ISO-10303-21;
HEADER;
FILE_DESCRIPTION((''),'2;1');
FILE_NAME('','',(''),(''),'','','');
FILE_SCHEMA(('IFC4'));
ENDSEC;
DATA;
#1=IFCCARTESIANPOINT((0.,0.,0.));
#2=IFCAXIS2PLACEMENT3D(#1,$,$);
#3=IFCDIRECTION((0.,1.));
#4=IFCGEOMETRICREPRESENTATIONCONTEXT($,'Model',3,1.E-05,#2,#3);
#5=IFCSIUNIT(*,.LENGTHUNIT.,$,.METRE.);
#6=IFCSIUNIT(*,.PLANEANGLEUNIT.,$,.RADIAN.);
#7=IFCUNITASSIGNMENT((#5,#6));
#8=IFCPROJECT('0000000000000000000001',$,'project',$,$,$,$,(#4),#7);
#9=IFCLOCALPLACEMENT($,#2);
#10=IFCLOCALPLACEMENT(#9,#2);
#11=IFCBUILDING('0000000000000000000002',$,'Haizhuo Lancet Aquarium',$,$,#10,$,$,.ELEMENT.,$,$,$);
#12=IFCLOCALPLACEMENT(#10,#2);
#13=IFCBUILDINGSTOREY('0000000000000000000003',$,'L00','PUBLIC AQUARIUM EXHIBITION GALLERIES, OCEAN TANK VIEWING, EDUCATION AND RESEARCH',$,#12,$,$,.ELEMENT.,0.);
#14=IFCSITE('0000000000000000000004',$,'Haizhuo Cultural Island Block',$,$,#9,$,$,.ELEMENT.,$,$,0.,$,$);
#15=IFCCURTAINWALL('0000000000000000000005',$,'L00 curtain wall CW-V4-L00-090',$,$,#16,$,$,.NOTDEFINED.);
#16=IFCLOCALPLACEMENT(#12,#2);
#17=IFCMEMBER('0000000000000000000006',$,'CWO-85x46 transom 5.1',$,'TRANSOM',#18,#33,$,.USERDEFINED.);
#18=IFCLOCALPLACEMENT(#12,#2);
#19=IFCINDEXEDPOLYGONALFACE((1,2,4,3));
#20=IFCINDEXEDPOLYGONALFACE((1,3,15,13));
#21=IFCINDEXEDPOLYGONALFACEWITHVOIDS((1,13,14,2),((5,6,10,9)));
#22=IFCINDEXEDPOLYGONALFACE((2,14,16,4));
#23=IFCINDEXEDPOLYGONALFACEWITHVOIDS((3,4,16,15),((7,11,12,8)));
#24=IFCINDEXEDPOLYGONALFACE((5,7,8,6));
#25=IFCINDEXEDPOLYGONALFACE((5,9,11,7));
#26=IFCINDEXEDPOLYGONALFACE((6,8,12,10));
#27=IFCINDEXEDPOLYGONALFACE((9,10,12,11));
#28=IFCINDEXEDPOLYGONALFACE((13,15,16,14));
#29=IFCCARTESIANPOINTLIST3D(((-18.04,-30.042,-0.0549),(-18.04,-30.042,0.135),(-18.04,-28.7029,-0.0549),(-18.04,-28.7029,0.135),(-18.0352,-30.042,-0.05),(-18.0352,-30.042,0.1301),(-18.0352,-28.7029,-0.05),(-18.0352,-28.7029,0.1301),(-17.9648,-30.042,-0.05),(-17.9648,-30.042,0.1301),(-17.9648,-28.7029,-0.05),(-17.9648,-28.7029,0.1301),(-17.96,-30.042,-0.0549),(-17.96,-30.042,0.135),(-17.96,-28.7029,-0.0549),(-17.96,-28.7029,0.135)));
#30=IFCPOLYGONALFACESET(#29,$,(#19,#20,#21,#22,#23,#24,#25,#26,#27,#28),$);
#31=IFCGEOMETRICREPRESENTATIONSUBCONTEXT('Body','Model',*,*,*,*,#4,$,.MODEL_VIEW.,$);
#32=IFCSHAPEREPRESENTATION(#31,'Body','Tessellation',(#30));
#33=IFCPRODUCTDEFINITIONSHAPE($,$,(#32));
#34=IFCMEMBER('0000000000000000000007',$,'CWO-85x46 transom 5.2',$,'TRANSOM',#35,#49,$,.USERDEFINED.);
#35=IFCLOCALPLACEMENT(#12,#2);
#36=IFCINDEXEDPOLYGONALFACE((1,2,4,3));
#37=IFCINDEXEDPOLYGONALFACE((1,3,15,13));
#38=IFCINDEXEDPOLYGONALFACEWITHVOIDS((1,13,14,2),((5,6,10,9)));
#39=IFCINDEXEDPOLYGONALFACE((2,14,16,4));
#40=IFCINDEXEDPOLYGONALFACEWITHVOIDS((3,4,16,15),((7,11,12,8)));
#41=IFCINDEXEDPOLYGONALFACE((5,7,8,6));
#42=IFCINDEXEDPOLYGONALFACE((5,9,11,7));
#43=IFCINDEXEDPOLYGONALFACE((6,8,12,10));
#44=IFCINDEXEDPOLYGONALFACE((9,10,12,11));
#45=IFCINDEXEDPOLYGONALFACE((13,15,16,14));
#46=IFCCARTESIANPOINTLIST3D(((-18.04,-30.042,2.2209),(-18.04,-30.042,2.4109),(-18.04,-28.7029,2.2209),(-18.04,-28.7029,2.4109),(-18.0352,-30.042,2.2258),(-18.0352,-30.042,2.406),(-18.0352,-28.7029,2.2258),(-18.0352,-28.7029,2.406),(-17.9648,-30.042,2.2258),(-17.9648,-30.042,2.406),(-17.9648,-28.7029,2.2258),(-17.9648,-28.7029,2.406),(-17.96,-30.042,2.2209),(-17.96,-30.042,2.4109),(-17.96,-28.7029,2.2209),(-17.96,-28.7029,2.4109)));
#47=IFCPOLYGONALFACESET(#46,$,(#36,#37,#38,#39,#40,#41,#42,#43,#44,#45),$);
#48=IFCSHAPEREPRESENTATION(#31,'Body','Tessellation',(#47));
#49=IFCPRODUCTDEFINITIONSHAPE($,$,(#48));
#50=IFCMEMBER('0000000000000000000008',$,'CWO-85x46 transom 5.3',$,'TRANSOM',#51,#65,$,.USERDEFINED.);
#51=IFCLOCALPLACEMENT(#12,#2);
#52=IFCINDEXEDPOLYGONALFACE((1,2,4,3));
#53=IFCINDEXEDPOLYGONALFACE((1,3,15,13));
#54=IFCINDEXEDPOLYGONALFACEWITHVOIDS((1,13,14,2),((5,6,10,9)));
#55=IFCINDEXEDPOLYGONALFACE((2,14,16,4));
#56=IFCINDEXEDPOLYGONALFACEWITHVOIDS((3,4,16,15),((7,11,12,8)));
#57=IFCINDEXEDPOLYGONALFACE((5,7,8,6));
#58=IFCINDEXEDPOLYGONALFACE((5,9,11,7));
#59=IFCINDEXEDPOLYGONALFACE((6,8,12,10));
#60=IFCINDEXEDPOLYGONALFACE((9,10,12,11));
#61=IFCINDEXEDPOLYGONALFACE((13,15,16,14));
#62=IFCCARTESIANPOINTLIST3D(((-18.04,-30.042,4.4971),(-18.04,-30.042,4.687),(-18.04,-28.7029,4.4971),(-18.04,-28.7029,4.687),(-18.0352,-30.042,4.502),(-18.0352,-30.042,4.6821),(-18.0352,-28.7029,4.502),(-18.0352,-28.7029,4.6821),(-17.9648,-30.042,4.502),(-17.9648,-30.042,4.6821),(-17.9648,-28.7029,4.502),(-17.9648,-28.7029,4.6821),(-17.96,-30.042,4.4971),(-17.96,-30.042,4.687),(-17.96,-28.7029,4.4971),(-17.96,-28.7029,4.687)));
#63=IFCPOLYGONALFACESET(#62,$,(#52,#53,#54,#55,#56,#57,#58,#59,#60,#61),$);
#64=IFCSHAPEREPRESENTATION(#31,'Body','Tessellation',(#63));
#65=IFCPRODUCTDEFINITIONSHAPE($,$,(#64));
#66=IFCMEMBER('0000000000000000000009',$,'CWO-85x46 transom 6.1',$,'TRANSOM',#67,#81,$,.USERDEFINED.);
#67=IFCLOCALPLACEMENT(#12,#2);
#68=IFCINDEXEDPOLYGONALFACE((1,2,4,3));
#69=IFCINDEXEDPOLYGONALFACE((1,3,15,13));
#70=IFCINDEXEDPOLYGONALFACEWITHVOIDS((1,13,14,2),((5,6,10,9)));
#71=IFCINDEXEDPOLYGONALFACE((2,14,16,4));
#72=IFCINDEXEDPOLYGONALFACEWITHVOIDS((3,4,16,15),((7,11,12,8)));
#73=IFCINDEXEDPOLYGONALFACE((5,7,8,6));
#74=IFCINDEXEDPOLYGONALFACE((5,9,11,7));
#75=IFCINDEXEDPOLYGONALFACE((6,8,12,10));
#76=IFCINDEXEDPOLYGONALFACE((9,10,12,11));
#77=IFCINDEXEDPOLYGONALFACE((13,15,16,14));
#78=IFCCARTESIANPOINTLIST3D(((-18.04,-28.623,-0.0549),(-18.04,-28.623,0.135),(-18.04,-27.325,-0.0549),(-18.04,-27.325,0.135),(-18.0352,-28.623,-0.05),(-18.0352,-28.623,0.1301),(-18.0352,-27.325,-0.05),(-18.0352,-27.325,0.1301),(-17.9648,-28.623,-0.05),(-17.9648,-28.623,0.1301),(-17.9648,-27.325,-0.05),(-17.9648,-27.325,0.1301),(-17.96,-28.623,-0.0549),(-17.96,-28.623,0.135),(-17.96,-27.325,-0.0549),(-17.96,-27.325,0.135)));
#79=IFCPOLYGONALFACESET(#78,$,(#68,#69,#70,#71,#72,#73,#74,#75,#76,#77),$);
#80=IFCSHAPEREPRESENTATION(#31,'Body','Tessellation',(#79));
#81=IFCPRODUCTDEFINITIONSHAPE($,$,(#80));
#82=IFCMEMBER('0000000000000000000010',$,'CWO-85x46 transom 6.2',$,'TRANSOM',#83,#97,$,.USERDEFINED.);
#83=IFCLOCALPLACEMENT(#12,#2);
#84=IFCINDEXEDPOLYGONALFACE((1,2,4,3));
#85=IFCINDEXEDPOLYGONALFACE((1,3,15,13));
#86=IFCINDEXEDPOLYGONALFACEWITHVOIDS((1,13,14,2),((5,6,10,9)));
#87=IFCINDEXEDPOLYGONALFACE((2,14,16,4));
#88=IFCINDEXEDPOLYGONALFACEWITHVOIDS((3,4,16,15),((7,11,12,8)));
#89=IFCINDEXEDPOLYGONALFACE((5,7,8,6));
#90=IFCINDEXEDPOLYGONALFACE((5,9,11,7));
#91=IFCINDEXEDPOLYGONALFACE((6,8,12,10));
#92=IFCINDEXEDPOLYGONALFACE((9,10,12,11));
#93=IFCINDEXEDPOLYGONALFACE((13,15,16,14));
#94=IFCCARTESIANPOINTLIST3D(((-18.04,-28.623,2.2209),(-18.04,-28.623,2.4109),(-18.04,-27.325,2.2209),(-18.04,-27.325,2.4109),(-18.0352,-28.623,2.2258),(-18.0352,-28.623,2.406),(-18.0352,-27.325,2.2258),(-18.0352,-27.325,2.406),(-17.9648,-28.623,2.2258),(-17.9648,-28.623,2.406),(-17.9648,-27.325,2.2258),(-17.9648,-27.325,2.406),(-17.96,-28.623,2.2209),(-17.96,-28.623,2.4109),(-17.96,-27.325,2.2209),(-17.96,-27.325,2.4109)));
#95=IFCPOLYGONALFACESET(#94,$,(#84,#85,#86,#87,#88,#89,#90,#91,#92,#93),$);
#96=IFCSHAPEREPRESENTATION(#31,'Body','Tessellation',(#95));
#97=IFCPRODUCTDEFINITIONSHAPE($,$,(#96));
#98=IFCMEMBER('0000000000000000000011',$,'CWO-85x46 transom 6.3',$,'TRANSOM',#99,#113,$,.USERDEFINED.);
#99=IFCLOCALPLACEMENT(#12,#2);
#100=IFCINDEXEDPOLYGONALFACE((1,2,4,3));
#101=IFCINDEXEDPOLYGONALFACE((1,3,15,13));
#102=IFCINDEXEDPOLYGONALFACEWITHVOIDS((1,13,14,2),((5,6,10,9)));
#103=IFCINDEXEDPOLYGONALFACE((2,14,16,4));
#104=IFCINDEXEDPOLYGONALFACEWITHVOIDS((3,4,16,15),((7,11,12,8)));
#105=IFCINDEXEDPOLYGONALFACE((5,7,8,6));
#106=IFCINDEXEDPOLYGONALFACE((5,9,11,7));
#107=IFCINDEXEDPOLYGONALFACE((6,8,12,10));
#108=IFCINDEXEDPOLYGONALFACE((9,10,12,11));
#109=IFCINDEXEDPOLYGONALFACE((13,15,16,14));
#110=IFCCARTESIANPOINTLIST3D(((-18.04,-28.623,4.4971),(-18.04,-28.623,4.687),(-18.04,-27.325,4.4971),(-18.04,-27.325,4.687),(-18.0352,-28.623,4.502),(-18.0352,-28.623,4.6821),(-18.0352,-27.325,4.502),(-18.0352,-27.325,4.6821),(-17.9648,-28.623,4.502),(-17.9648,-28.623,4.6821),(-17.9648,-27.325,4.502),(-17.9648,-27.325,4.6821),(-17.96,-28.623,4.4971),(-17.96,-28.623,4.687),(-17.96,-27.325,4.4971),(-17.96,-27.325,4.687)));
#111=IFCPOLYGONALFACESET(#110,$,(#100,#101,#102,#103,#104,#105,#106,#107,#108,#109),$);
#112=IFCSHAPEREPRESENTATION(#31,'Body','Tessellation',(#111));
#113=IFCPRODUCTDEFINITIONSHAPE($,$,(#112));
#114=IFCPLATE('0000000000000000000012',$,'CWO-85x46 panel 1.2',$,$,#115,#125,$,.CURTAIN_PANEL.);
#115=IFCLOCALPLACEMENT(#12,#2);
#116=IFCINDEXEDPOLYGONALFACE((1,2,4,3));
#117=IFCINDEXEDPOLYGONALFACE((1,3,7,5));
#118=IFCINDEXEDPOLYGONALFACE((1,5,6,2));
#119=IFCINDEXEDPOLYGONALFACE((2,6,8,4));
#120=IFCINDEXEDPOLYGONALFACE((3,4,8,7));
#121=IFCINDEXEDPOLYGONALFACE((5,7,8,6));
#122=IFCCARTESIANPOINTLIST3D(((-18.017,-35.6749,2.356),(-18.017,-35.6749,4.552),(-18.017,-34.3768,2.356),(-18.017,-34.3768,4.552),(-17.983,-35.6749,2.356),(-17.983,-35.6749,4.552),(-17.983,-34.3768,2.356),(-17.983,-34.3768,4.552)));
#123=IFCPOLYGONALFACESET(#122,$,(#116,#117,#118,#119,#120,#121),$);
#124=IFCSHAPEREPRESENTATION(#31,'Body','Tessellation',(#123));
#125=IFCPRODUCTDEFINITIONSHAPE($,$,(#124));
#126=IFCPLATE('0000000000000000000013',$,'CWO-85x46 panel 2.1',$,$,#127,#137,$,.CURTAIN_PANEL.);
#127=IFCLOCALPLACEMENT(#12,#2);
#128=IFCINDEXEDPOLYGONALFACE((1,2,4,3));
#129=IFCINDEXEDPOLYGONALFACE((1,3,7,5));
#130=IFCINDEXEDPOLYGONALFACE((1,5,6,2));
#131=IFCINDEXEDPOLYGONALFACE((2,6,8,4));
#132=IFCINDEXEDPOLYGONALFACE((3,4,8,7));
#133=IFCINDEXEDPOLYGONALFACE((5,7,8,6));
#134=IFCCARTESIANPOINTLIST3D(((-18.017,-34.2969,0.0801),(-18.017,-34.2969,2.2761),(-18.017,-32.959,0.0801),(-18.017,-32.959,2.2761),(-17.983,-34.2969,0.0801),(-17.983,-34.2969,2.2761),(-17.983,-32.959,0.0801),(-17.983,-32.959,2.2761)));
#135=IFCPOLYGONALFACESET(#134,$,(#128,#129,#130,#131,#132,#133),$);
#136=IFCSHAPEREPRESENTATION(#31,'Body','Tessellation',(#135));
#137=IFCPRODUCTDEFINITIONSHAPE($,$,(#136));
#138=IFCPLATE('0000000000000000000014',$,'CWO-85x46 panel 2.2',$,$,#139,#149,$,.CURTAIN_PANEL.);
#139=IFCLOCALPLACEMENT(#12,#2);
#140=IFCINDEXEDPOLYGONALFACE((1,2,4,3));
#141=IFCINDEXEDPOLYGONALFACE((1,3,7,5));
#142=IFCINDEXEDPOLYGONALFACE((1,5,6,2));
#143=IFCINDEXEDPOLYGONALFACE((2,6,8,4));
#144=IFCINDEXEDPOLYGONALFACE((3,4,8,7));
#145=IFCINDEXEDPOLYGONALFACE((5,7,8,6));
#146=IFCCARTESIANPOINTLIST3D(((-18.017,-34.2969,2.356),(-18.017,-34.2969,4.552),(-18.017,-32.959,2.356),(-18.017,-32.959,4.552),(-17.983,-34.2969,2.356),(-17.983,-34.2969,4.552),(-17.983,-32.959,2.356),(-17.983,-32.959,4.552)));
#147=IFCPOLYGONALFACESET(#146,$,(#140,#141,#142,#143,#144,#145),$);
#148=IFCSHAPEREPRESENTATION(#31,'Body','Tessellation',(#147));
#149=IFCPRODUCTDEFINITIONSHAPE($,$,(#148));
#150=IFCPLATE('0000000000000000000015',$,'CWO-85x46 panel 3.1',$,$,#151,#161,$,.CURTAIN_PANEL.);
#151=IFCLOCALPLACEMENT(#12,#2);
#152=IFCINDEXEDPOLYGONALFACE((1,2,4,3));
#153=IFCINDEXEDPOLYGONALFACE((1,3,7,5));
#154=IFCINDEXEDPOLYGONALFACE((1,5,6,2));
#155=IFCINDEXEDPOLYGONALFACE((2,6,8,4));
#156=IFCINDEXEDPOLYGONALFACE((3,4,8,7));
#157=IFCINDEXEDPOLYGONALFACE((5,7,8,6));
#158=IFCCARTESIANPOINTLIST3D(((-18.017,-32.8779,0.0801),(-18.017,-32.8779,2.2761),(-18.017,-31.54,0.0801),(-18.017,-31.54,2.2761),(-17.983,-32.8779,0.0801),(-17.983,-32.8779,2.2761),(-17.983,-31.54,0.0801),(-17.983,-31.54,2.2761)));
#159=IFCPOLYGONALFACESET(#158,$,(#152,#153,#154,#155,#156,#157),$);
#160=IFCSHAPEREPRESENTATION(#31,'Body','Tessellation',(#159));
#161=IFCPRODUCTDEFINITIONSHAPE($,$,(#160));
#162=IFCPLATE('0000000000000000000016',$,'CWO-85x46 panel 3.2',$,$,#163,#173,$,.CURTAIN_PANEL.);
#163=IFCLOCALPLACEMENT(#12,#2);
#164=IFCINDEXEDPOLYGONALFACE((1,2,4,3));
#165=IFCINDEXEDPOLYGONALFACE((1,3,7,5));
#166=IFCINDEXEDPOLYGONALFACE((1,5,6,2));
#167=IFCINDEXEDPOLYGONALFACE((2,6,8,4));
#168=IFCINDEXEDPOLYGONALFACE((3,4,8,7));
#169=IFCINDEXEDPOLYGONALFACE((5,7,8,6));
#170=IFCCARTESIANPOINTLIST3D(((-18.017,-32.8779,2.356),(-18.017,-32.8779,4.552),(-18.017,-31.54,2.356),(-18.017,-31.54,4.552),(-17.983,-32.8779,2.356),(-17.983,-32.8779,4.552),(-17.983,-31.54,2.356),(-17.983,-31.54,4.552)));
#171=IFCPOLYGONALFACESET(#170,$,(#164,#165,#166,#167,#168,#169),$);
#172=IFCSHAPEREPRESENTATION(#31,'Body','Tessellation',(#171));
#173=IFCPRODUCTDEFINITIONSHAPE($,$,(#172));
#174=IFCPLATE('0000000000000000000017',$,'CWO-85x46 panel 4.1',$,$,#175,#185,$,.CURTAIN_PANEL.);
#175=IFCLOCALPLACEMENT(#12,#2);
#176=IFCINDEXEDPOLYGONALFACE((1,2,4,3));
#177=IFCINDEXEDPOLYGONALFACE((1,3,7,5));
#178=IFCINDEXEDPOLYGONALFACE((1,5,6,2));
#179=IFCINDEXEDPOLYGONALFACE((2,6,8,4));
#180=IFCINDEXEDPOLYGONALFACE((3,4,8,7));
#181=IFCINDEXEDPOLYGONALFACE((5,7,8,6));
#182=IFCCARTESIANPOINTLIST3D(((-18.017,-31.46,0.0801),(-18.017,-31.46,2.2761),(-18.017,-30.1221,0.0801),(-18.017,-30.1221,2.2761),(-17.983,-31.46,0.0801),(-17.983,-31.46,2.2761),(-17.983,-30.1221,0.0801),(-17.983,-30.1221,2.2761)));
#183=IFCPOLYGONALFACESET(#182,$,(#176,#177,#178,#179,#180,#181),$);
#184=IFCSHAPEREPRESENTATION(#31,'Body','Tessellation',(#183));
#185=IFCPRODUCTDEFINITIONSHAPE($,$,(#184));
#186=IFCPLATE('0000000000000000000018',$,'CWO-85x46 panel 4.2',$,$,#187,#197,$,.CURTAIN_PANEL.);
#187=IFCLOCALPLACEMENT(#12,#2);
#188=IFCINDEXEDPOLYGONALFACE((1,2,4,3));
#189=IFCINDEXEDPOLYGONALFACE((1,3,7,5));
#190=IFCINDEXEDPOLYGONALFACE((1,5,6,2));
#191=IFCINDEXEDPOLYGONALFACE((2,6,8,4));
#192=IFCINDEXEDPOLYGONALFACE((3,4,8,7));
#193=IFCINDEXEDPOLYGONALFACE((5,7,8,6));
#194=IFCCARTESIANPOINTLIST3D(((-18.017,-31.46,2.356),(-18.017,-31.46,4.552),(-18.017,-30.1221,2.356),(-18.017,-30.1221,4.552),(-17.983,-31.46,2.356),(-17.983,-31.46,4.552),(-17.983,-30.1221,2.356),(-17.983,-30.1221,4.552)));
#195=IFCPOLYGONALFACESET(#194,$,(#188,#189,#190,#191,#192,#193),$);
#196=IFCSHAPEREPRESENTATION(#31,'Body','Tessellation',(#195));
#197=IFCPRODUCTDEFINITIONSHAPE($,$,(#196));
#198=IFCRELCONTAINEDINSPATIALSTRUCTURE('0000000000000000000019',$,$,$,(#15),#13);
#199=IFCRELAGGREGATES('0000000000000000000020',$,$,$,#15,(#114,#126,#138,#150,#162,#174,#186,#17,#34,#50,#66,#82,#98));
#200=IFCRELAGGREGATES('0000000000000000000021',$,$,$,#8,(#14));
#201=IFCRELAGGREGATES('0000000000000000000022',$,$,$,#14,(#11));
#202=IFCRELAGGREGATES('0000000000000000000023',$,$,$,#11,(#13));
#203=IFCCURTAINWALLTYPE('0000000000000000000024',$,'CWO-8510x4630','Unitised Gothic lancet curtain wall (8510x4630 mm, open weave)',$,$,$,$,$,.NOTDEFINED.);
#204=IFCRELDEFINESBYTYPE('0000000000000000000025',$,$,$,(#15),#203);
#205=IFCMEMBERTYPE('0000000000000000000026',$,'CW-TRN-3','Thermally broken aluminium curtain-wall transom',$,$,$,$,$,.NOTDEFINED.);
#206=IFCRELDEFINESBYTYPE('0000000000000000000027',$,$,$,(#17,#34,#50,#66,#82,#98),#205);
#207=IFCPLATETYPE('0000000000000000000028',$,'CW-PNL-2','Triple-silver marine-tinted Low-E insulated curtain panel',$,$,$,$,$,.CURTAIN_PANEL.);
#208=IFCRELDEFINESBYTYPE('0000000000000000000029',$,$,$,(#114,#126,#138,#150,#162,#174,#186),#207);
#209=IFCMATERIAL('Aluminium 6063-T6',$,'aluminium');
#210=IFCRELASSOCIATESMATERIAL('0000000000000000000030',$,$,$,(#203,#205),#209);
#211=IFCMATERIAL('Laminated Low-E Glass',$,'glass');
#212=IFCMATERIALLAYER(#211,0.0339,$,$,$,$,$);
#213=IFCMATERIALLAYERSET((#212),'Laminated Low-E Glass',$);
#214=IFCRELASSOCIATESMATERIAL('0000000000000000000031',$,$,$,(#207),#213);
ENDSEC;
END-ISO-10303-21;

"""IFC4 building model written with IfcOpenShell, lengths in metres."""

from ifc_helpers import new_model, si_unit, direction, frame, origin, origin_2d, place, context, subcontext, project, spatial, rectangle, hollow_rectangle, extrude, material, layer, layer_set, material_profile, profile_set, type_object, element, aggregate, save


model = new_model("IFC4")

# Units and contexts
model_context = context("Model", 3, precision=1e-05, world=origin(), true_north=direction((0.0, 1.0)))
body_context = subcontext(model_context, "Body", "Model", "MODEL_VIEW")
ifc_project = project(units=[si_unit("LENGTHUNIT", "METRE"), si_unit("PLANEANGLEUNIT", "RADIAN")], contexts=[model_context])

# Site, building, storey
site_placement = place(None, origin())
site = spatial("IfcSite", under=ifc_project, at=site_placement, Name="Haizhuo Cultural Island Block", CompositionType="ELEMENT", RefElevation=0.0)
building_placement = place(site_placement, origin())
building = spatial("IfcBuilding", under=site, at=building_placement, Name="Haizhuo Lancet Aquarium", CompositionType="ELEMENT")
storey_placement = place(building_placement, origin())
storey = spatial("IfcBuildingStorey", under=building, at=storey_placement, Name="L00", Description="PUBLIC AQUARIUM EXHIBITION GALLERIES, OCEAN TANK VIEWING, EDUCATION AND RESEARCH", CompositionType="ELEMENT", Elevation=0.0)

# Curtain wall, members, plates
ifc_material_1 = material(Name="Aluminium 6063-T6", Category="aluminium")
curtain_wall_type = type_object("IfcCurtainWallType", Name="CWO-8510x4630", Description="Unitised Gothic lancet curtain wall (8510x4630 mm, open weave)", PredefinedType="NOTDEFINED", material=ifc_material_1)
curtain_wall_placement = place(storey_placement, origin())
curtain_wall = element("IfcCurtainWall", 1, at=curtain_wall_placement, inside=storey, type_object=curtain_wall_type, Name="L00 curtain wall CW-V4-L00-090", PredefinedType="NOTDEFINED")
ifc_material_profile_1 = material_profile(ifc_material_1, hollow_rectangle(XDim=0.0801, YDim=0.1899, WallThickness=0.0049, at=origin_2d()), Name="ALU-T 80x190x5")
ifc_profile_set_1 = profile_set([ifc_material_profile_1], Name="Aluminium 6063-T6")
member_type_1 = type_object("IfcMemberType", Name="CW-TRN-3", Description="Thermally broken aluminium curtain-wall transom", PredefinedType="NOTDEFINED", material=ifc_profile_set_1)
member_1_placement = place(storey_placement, frame((-18.0, -30.042, 0.04), z_axis=(0.0, 1.0, 0.0), x_axis=(-1.0, 0.0, 0.0)))
member_1 = element("IfcMember", 2, at=member_1_placement, type_object=member_type_1, Name="CWO-85x46 transom 5.1", ObjectType="TRANSOM", PredefinedType="USERDEFINED", context=body_context, shape_type="SweptSolid", body=[
    extrude(hollow_rectangle(XDim=0.0801, YDim=0.1899, WallThickness=0.0049, at=origin_2d()), origin(), (0.0, 0.0, 1.0), 1.3391),
])
member_2_placement = place(storey_placement, frame((-18.0, -30.042, 2.3159), z_axis=(0.0, 1.0, 0.0), x_axis=(-1.0, 0.0, 0.0)))
member_2 = element("IfcMember", 3, at=member_2_placement, type_object=member_type_1, Name="CWO-85x46 transom 5.2", ObjectType="TRANSOM", PredefinedType="USERDEFINED", context=body_context, shape_type="SweptSolid", body=[
    extrude(hollow_rectangle(XDim=0.0801, YDim=0.1899, WallThickness=0.0049, at=origin_2d()), origin(), (0.0, 0.0, 1.0), 1.3391),
])
member_3_placement = place(storey_placement, frame((-18.0, -30.042, 4.592), z_axis=(0.0, 1.0, 0.0), x_axis=(-1.0, 0.0, 0.0)))
member_3 = element("IfcMember", 4, at=member_3_placement, type_object=member_type_1, Name="CWO-85x46 transom 5.3", ObjectType="TRANSOM", PredefinedType="USERDEFINED", context=body_context, shape_type="SweptSolid", body=[
    extrude(hollow_rectangle(XDim=0.0801, YDim=0.1899, WallThickness=0.0049, at=origin_2d()), origin(), (0.0, 0.0, 1.0), 1.3391),
])
member_4_placement = place(storey_placement, frame((-18.0, -28.623, 0.04), z_axis=(0.0, 1.0, 0.0), x_axis=(-1.0, 0.0, 0.0)))
member_4 = element("IfcMember", 5, at=member_4_placement, type_object=member_type_1, Name="CWO-85x46 transom 6.1", ObjectType="TRANSOM", PredefinedType="USERDEFINED", context=body_context, shape_type="SweptSolid", body=[
    extrude(hollow_rectangle(XDim=0.0801, YDim=0.1899, WallThickness=0.0049, at=origin_2d()), origin(), (0.0, 0.0, 1.0), 1.2981),
])
member_5_placement = place(storey_placement, frame((-18.0, -28.623, 2.3159), z_axis=(0.0, 1.0, 0.0), x_axis=(-1.0, 0.0, 0.0)))
member_5 = element("IfcMember", 6, at=member_5_placement, type_object=member_type_1, Name="CWO-85x46 transom 6.2", ObjectType="TRANSOM", PredefinedType="USERDEFINED", context=body_context, shape_type="SweptSolid", body=[
    extrude(hollow_rectangle(XDim=0.0801, YDim=0.1899, WallThickness=0.0049, at=origin_2d()), origin(), (0.0, 0.0, 1.0), 1.2981),
])
member_6_placement = place(storey_placement, frame((-18.0, -28.623, 4.592), z_axis=(0.0, 1.0, 0.0), x_axis=(-1.0, 0.0, 0.0)))
member_6 = element("IfcMember", 7, at=member_6_placement, type_object=member_type_1, Name="CWO-85x46 transom 6.3", ObjectType="TRANSOM", PredefinedType="USERDEFINED", context=body_context, shape_type="SweptSolid", body=[
    extrude(hollow_rectangle(XDim=0.0801, YDim=0.1899, WallThickness=0.0049, at=origin_2d()), origin(), (0.0, 0.0, 1.0), 1.2981),
])
ifc_material_2 = material(Name="Laminated Low-E Glass", Category="glass")
ifc_layer_1 = layer(ifc_material_2, 0.0339)
ifc_layer_set_1 = layer_set([ifc_layer_1], Name="Laminated Low-E Glass")
plate_type = type_object("IfcPlateType", Name="CW-PNL-2", Description="Triple-silver marine-tinted Low-E insulated curtain panel", PredefinedType="CURTAIN_PANEL", material=ifc_layer_set_1)
plate_1_placement = place(storey_placement, frame((-18.0, -35.0259, 2.356), z_axis=(0.0, 0.0, 1.0), x_axis=(0.0, 1.0, 0.0)))
plate_1 = element("IfcPlate", 8, at=plate_1_placement, type_object=plate_type, Name="CWO-85x46 panel 1.2", PredefinedType="CURTAIN_PANEL", context=body_context, shape_type="SweptSolid", body=[
    extrude(rectangle(XDim=1.2981, YDim=0.0339, at=origin_2d()), origin(), (0.0, 0.0, 1.0), 2.196),
])
plate_2_placement = place(storey_placement, frame((-18.0, -33.6279, 0.0801), z_axis=(0.0, 0.0, 1.0), x_axis=(0.0, 1.0, 0.0)))
plate_2 = element("IfcPlate", 9, at=plate_2_placement, type_object=plate_type, Name="CWO-85x46 panel 2.1", PredefinedType="CURTAIN_PANEL", context=body_context, shape_type="SweptSolid", body=[
    extrude(rectangle(XDim=1.3379, YDim=0.0339, at=origin_2d()), origin(), (0.0, 0.0, 1.0), 2.196),
])
plate_3_placement = place(storey_placement, frame((-18.0, -33.6279, 2.356), z_axis=(0.0, 0.0, 1.0), x_axis=(0.0, 1.0, 0.0)))
plate_3 = element("IfcPlate", 10, at=plate_3_placement, type_object=plate_type, Name="CWO-85x46 panel 2.2", PredefinedType="CURTAIN_PANEL", context=body_context, shape_type="SweptSolid", body=[
    extrude(rectangle(XDim=1.3379, YDim=0.0339, at=origin_2d()), origin(), (0.0, 0.0, 1.0), 2.196),
])
plate_4_placement = place(storey_placement, frame((-18.0, -32.209, 0.0801), z_axis=(0.0, 0.0, 1.0), x_axis=(0.0, 1.0, 0.0)))
plate_4 = element("IfcPlate", 11, at=plate_4_placement, type_object=plate_type, Name="CWO-85x46 panel 3.1", PredefinedType="CURTAIN_PANEL", context=body_context, shape_type="SweptSolid", body=[
    extrude(rectangle(XDim=1.3379, YDim=0.0339, at=origin_2d()), origin(), (0.0, 0.0, 1.0), 2.196),
])
plate_5_placement = place(storey_placement, frame((-18.0, -32.209, 2.356), z_axis=(0.0, 0.0, 1.0), x_axis=(0.0, 1.0, 0.0)))
plate_5 = element("IfcPlate", 12, at=plate_5_placement, type_object=plate_type, Name="CWO-85x46 panel 3.2", PredefinedType="CURTAIN_PANEL", context=body_context, shape_type="SweptSolid", body=[
    extrude(rectangle(XDim=1.3379, YDim=0.0339, at=origin_2d()), origin(), (0.0, 0.0, 1.0), 2.196),
])
plate_6_placement = place(storey_placement, frame((-18.0, -30.791, 0.0801), z_axis=(0.0, 0.0, 1.0), x_axis=(0.0, 1.0, 0.0)))
plate_6 = element("IfcPlate", 13, at=plate_6_placement, type_object=plate_type, Name="CWO-85x46 panel 4.1", PredefinedType="CURTAIN_PANEL", context=body_context, shape_type="SweptSolid", body=[
    extrude(rectangle(XDim=1.3379, YDim=0.0339, at=origin_2d()), origin(), (0.0, 0.0, 1.0), 2.196),
])
plate_7_placement = place(storey_placement, frame((-18.0, -30.791, 2.356), z_axis=(0.0, 0.0, 1.0), x_axis=(0.0, 1.0, 0.0)))
plate_7 = element("IfcPlate", 14, at=plate_7_placement, type_object=plate_type, Name="CWO-85x46 panel 4.2", PredefinedType="CURTAIN_PANEL", context=body_context, shape_type="SweptSolid", body=[
    extrude(rectangle(XDim=1.3379, YDim=0.0339, at=origin_2d()), origin(), (0.0, 0.0, 1.0), 2.196),
])
aggregate(curtain_wall, [plate_1, plate_2, plate_3, plate_4, plate_5, plate_6, plate_7, member_1, member_2, member_3, member_4, member_5, member_6])

save(model, "model.ifc")
